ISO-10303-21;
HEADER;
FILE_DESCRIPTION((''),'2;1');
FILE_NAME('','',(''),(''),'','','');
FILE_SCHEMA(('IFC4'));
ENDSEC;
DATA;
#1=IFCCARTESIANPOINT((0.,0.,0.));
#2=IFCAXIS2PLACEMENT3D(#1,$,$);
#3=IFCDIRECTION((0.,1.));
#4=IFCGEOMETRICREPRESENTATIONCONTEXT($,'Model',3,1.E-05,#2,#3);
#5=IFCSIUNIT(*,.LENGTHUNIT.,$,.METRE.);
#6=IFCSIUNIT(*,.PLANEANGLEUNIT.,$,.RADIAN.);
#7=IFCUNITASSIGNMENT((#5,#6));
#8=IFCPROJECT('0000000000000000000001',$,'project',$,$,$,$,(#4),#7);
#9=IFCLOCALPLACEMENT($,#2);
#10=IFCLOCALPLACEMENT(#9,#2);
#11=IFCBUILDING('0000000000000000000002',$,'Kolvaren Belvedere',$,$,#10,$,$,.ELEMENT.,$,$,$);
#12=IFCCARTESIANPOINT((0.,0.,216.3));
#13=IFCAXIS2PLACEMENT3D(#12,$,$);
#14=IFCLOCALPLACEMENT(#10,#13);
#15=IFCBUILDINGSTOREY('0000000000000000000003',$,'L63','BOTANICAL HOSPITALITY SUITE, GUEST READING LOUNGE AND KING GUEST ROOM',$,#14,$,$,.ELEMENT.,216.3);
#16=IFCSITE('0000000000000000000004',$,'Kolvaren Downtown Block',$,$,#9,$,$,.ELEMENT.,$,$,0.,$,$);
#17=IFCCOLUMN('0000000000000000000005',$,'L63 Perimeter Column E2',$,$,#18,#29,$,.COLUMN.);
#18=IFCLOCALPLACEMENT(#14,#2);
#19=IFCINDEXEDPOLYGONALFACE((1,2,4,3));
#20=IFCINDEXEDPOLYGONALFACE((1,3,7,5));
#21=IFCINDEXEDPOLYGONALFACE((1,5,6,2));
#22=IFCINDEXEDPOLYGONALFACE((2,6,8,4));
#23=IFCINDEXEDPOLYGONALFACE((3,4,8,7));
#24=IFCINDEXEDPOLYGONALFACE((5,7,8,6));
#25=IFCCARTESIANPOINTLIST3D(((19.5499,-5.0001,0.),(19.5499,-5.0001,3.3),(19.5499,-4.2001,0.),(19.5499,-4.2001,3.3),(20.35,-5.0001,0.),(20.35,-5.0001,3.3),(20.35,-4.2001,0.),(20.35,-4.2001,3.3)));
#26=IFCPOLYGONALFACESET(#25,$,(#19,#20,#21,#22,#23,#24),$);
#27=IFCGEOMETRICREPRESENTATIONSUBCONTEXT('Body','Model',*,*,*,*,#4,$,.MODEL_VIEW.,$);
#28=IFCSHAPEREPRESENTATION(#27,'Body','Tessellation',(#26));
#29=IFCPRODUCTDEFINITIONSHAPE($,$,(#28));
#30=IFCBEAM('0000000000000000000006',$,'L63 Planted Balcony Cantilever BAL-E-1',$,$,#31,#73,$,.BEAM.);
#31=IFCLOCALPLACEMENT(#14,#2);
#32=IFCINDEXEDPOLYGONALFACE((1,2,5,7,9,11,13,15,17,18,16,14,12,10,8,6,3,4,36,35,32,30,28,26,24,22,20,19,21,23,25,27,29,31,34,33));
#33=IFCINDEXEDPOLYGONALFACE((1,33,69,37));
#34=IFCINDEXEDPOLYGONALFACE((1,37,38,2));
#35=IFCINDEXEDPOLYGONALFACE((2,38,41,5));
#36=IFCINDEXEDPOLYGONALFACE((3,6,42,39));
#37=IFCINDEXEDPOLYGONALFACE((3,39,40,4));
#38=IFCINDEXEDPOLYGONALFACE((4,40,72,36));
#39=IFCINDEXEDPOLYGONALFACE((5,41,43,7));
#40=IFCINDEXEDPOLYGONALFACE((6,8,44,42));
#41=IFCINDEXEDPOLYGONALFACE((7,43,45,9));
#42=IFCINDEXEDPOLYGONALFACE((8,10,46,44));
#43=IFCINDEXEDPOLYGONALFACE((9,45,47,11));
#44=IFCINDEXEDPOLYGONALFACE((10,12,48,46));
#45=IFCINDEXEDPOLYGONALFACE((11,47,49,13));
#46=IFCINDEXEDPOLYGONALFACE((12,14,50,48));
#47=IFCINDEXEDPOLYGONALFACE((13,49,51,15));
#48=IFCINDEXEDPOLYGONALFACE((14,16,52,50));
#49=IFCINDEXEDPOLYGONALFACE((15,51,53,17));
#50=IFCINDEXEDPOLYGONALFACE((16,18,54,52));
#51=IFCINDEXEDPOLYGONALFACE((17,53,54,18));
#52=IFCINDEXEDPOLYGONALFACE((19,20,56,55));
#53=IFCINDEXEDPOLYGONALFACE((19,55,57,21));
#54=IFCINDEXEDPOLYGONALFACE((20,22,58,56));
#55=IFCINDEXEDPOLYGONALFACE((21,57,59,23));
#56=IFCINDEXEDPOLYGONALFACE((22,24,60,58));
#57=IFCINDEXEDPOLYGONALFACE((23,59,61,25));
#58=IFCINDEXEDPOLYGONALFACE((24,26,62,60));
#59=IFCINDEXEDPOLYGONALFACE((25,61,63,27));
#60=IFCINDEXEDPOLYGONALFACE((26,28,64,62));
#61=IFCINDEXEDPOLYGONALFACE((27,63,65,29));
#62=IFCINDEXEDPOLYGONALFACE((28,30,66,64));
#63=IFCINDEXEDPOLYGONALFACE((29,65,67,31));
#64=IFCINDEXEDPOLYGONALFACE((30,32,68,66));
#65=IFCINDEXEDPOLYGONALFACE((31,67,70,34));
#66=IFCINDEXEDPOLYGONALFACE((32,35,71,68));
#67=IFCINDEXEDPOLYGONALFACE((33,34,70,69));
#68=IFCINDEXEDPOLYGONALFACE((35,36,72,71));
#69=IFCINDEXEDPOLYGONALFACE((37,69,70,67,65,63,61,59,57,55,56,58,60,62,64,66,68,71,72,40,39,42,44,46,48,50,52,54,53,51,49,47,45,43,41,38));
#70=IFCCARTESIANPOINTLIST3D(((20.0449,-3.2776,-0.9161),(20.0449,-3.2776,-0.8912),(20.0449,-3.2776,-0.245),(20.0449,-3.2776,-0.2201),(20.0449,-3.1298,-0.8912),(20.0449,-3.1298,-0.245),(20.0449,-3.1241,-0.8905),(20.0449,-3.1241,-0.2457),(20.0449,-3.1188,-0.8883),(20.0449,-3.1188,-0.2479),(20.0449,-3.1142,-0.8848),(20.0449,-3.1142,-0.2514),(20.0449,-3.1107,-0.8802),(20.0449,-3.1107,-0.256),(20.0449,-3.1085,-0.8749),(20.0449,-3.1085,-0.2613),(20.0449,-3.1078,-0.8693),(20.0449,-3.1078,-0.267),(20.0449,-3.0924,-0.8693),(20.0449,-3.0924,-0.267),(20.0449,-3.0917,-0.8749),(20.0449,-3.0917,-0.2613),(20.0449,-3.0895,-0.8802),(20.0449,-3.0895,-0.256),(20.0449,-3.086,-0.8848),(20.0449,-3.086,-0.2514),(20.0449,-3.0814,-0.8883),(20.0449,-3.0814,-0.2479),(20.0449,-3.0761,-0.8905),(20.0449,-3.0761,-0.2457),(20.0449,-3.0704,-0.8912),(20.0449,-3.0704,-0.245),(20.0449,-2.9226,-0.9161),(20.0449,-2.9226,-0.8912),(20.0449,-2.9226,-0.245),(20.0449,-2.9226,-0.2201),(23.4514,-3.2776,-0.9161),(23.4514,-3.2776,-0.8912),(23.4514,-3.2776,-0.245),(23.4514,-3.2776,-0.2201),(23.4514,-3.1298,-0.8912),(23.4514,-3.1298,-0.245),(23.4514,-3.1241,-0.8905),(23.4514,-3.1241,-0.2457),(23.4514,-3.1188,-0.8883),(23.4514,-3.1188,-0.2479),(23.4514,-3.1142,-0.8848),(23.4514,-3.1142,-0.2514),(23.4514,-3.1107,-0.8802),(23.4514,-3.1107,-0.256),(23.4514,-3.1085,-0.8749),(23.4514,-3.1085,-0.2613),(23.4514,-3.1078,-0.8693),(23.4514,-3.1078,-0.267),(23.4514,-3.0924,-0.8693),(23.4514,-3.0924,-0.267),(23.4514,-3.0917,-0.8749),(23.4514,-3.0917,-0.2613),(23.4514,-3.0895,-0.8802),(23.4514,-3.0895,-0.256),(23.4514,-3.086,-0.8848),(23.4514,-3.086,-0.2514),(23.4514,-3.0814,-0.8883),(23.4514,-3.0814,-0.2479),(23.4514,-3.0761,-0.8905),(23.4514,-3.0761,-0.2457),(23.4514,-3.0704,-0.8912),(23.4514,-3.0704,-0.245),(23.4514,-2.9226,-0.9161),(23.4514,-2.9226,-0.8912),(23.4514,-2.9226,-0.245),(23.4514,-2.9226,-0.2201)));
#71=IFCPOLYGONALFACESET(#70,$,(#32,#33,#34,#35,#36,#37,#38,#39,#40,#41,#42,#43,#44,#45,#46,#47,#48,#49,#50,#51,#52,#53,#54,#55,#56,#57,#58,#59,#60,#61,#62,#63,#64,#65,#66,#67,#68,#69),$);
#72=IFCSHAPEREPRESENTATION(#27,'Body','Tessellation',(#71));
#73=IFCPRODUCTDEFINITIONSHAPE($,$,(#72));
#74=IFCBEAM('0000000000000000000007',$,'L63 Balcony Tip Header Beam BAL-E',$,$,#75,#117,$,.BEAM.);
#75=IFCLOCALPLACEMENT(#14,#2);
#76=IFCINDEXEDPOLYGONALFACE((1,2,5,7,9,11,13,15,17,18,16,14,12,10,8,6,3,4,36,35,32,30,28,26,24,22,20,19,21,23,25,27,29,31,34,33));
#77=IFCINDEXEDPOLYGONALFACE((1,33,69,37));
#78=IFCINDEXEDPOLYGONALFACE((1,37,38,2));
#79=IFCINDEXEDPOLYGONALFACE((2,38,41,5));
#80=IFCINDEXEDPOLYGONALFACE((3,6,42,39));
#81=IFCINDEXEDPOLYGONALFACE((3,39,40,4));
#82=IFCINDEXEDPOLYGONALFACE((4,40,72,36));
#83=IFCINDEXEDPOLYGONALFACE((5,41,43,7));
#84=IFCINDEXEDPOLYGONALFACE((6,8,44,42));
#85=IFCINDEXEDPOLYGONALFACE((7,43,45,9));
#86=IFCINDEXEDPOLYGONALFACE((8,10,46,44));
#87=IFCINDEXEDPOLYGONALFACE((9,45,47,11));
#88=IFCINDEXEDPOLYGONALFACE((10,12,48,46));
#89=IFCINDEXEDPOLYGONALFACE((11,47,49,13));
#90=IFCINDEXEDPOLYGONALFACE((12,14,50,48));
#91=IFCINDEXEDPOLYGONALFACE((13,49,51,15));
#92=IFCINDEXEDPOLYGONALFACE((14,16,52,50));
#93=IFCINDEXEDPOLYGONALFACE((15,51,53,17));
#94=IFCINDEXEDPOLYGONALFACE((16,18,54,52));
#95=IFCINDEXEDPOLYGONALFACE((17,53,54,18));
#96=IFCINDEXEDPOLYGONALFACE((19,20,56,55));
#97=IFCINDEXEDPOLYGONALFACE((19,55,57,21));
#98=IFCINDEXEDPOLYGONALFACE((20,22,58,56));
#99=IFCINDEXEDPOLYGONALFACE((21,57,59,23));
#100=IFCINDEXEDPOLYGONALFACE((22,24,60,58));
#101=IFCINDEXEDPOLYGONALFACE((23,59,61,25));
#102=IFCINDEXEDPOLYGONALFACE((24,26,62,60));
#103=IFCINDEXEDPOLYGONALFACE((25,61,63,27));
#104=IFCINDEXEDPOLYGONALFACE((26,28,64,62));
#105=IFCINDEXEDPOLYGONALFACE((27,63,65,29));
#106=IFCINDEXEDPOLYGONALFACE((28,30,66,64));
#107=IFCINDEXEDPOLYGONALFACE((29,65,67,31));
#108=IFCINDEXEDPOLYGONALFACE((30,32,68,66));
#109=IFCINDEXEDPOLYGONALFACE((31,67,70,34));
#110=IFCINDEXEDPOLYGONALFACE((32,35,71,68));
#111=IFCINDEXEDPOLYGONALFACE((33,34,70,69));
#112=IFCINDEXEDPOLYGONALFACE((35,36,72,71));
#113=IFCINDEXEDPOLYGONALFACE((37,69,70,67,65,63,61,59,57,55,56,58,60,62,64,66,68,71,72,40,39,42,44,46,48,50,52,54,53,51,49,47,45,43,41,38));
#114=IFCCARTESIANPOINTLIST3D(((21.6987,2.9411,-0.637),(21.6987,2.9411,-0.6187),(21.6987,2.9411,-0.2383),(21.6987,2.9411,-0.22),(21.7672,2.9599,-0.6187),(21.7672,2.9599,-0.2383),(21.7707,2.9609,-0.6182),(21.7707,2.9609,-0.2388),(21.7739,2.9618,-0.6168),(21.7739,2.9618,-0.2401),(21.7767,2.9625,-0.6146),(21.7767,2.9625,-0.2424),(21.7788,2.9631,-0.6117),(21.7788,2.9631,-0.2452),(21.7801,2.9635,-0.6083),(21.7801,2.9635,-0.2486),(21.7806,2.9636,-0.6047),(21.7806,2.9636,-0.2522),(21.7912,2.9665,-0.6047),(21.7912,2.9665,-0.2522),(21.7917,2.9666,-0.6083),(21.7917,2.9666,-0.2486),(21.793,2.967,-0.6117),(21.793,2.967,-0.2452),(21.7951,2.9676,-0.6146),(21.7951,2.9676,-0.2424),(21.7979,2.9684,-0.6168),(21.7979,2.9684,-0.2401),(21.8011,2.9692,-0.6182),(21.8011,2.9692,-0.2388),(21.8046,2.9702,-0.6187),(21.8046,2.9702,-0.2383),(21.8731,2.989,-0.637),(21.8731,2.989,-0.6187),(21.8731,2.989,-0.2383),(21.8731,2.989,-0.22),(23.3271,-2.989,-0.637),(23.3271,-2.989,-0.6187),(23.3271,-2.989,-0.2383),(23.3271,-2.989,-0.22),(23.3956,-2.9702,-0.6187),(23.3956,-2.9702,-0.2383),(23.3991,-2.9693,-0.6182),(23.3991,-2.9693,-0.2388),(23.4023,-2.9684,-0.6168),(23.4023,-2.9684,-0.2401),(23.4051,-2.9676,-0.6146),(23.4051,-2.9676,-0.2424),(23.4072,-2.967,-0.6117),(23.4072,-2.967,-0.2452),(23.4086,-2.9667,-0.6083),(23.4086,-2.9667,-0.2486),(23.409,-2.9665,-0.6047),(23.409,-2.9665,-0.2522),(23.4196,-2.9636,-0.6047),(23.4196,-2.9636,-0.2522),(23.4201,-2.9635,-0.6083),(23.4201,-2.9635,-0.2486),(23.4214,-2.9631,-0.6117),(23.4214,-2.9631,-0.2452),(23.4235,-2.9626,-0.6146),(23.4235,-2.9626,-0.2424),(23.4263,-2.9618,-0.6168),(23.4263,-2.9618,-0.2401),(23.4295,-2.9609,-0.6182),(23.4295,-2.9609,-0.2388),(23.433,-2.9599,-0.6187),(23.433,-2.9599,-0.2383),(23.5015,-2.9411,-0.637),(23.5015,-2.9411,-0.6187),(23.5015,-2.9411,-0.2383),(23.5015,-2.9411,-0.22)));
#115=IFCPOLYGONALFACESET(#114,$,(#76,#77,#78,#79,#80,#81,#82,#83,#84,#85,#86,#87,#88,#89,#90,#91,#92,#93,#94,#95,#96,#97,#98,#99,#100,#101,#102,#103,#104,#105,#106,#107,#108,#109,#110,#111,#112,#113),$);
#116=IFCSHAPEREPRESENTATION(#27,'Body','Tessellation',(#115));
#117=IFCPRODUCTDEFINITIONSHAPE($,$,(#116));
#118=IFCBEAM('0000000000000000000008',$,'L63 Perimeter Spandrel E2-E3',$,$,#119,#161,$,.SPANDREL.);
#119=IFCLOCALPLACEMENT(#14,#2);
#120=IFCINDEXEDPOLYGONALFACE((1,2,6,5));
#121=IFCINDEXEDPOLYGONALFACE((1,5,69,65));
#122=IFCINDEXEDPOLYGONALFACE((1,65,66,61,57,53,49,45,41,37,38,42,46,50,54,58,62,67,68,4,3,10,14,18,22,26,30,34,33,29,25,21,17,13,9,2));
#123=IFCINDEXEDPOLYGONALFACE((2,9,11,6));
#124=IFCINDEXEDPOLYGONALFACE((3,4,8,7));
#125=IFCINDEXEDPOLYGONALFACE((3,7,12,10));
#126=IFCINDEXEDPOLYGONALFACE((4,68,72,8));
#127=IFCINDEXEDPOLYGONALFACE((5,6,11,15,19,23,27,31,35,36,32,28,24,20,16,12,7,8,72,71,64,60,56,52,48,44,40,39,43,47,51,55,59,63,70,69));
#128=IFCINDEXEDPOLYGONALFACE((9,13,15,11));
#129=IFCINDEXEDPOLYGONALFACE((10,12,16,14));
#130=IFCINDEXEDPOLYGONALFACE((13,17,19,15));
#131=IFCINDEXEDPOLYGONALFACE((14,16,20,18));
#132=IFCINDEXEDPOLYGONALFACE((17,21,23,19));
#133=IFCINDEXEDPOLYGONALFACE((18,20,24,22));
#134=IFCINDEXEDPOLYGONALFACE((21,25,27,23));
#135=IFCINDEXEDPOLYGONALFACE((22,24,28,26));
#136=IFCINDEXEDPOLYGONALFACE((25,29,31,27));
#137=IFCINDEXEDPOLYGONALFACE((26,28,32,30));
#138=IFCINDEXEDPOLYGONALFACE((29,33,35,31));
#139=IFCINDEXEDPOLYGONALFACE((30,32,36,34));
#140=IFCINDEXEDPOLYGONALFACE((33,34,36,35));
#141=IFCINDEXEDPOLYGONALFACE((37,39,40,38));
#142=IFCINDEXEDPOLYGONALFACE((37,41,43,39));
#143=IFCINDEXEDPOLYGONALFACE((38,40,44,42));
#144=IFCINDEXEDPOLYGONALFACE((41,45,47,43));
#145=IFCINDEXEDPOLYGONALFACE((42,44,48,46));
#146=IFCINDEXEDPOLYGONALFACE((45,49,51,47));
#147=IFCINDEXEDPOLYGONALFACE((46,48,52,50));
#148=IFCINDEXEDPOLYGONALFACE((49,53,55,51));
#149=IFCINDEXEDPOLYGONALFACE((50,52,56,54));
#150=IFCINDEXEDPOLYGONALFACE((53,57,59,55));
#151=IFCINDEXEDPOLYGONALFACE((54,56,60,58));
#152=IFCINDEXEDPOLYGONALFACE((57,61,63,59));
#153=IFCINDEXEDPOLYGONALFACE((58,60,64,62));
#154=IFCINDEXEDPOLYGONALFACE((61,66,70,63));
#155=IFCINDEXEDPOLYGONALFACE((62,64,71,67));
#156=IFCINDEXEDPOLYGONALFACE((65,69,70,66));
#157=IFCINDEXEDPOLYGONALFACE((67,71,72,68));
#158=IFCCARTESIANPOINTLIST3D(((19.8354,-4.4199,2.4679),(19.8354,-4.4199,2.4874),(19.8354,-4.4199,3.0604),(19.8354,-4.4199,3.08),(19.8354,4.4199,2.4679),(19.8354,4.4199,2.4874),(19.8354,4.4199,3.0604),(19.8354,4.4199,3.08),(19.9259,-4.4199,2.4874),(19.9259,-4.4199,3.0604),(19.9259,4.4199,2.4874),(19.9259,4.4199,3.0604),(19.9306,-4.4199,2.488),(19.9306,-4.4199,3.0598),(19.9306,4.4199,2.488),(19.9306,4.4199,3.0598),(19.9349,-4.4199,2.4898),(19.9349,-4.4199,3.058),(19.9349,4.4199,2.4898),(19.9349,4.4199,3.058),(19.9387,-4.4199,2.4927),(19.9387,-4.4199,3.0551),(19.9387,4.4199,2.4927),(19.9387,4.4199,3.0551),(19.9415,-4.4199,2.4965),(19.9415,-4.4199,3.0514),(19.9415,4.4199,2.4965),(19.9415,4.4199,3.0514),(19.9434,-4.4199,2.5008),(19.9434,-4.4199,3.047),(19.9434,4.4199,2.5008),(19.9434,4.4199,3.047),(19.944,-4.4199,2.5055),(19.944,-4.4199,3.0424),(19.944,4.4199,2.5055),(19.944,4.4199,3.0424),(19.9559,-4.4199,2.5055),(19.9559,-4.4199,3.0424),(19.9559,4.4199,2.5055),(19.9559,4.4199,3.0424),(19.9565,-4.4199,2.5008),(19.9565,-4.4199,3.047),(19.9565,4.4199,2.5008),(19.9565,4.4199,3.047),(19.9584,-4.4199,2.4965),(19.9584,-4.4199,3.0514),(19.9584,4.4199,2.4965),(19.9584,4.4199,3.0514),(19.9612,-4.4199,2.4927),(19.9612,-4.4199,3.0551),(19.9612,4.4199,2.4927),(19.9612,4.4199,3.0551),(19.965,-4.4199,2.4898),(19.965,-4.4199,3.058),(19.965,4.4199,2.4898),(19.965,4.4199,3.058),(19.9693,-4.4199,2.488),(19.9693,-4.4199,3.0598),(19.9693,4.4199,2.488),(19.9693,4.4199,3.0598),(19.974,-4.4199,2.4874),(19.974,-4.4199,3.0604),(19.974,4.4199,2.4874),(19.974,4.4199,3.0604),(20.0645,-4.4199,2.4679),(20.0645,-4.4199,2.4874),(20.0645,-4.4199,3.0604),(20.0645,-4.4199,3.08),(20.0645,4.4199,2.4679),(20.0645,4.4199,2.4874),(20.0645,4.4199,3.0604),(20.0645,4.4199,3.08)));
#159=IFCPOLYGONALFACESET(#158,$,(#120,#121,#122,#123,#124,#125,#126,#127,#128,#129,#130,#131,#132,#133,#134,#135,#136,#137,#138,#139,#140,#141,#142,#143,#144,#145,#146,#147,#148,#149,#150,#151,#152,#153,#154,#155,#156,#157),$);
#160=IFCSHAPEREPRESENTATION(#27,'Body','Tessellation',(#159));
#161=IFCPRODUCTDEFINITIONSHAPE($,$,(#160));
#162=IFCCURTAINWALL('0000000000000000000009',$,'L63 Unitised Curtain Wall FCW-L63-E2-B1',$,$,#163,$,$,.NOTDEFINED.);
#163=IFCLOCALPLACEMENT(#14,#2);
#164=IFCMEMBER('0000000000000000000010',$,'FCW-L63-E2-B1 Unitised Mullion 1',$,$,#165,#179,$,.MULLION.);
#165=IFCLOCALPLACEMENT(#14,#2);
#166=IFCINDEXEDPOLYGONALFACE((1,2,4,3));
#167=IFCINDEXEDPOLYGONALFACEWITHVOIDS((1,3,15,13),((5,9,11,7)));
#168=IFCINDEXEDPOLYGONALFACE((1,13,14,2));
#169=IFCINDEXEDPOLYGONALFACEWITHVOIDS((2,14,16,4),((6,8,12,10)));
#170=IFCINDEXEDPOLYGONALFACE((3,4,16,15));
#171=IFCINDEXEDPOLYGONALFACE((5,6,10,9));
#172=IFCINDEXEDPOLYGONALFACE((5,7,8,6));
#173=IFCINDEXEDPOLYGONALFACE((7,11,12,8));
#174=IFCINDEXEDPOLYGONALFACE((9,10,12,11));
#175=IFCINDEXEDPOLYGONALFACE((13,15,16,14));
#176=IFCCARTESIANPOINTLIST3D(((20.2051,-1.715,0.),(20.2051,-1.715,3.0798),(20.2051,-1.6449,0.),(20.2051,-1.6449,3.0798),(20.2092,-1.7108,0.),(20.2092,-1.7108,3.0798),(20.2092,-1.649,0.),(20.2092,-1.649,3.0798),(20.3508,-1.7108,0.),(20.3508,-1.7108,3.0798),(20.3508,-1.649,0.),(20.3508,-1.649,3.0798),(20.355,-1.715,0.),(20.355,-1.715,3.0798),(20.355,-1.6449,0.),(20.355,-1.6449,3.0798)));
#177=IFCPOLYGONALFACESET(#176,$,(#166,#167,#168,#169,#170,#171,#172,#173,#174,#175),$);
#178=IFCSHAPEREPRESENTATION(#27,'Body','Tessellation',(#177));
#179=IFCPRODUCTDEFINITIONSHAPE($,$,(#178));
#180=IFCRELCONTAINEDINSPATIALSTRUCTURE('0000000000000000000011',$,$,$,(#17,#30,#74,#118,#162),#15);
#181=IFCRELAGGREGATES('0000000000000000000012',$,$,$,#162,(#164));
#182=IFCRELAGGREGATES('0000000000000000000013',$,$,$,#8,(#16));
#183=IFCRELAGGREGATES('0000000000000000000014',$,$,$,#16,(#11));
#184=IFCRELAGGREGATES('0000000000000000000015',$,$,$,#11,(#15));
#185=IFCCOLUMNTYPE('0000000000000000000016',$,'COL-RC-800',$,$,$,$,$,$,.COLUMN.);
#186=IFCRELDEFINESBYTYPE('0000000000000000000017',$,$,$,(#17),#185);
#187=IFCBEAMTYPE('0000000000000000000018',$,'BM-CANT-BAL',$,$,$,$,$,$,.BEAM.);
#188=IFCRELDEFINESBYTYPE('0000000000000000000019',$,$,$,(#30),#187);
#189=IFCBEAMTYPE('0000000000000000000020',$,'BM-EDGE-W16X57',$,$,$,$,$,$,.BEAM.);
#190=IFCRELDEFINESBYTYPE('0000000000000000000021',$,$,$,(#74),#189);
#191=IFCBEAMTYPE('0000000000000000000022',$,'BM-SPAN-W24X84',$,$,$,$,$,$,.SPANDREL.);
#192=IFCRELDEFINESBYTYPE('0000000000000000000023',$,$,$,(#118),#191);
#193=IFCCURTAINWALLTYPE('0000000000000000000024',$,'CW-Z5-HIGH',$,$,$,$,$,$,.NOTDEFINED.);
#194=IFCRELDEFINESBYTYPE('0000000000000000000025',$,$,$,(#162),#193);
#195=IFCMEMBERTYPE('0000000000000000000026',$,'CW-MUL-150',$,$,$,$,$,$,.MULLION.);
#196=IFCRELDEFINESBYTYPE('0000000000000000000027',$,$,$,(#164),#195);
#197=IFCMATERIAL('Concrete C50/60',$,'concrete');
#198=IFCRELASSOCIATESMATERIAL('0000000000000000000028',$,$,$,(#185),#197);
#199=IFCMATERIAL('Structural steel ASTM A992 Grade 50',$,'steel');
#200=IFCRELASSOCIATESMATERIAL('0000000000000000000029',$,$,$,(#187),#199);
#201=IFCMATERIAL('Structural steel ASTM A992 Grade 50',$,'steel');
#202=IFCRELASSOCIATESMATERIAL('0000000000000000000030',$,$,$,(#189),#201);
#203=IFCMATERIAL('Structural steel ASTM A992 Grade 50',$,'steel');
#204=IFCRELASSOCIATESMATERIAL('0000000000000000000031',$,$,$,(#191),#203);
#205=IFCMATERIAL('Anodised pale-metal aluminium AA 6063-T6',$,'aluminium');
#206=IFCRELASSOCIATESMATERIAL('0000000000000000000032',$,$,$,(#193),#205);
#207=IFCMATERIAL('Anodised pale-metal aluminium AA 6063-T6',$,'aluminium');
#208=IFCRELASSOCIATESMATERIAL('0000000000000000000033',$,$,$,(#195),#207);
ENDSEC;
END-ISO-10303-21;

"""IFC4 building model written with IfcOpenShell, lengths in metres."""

from ifc_helpers import new_model, si_unit, direction, frame, origin, origin_2d, place, context, subcontext, project, spatial, rectangle, hollow_rectangle, i_section, extrude, material, material_profile, profile_set, type_object, element, aggregate, save


model = new_model("IFC4")

# Units and contexts
model_context = context("Model", 3, precision=1e-05, world=origin(), true_north=direction((0.0, 1.0)))
body_context = subcontext(model_context, "Body", "Model", "MODEL_VIEW")
ifc_project = project(units=[si_unit("LENGTHUNIT", "METRE"), si_unit("PLANEANGLEUNIT", "RADIAN")], contexts=[model_context])

# Site, building, storey
site_placement = place(None, origin())
site = spatial("IfcSite", under=ifc_project, at=site_placement, Name="Kolvaren Downtown Block", CompositionType="ELEMENT", RefElevation=0.0)
building_placement = place(site_placement, origin())
building = spatial("IfcBuilding", under=site, at=building_placement, Name="Kolvaren Belvedere", CompositionType="ELEMENT")
storey_placement = place(building_placement, frame((0.0, 0.0, 216.3)))
storey = spatial("IfcBuildingStorey", under=building, at=storey_placement, Name="L63", Description="BOTANICAL HOSPITALITY SUITE, GUEST READING LOUNGE AND KING GUEST ROOM", CompositionType="ELEMENT", Elevation=216.3)

# Column
ifc_material_1 = material(Name="Concrete C50/60", Category="concrete")
ifc_material_profile_1 = material_profile(ifc_material_1, rectangle(XDim=0.8, YDim=0.8, at=origin_2d()), Name="RC 800X800")
ifc_profile_set_1 = profile_set([ifc_material_profile_1], Name="Concrete C50/60")
column_type = type_object("IfcColumnType", Name="COL-RC-800", PredefinedType="COLUMN", material=ifc_profile_set_1)
column_placement = place(storey_placement, frame((19.95, -4.6001, 0.0), z_axis=(0.0, 0.0, 1.0), x_axis=(1.0, 0.0, 0.0)))
element("IfcColumn", 1, at=column_placement, inside=storey, type_object=column_type, Name="L63 Perimeter Column E2", PredefinedType="COLUMN", context=body_context, shape_type="SweptSolid", body=[
    extrude(rectangle(XDim=0.8, YDim=0.8, at=origin_2d()), origin(), (0.0, 0.0, 1.0), 3.3),
])

# Beams
ifc_material_2 = material(Name="Structural steel ASTM A992 Grade 50", Category="steel")
ifc_material_profile_2 = material_profile(ifc_material_2, i_section(OverallWidth=0.355, OverallDepth=0.696, WebThickness=0.0154, FlangeThickness=0.0249, FilletRadius=0.022, at=origin_2d()), Name="W27X146")
ifc_profile_set_2 = profile_set([ifc_material_profile_2], Name="Structural steel ASTM A992 Grade 50")
beam_type_1 = type_object("IfcBeamType", Name="BM-CANT-BAL", PredefinedType="BEAM", material=ifc_profile_set_2)
beam_1_placement = place(storey_placement, frame((20.0449, -3.1001, -0.5681), z_axis=(1.0, 0.0, 0.0), x_axis=(0.0, 1.0, 0.0)))
element("IfcBeam", 2, at=beam_1_placement, inside=storey, type_object=beam_type_1, Name="L63 Planted Balcony Cantilever BAL-E-1", PredefinedType="BEAM", context=body_context, shape_type="SweptSolid", body=[
    extrude(i_section(OverallWidth=0.355, OverallDepth=0.696, WebThickness=0.0154, FlangeThickness=0.0249, FilletRadius=0.022, at=origin_2d()), origin(), (0.0, 0.0, 1.0), 3.4065),
])
ifc_material_3 = material(Name="Structural steel ASTM A992 Grade 50", Category="steel")
ifc_material_profile_3 = material_profile(ifc_material_3, i_section(OverallWidth=0.1809, OverallDepth=0.417, WebThickness=0.011, FlangeThickness=0.0183, FilletRadius=0.0139, at=origin_2d()), Name="W16X57")
ifc_profile_set_3 = profile_set([ifc_material_profile_3], Name="Structural steel ASTM A992 Grade 50")
beam_type_2 = type_object("IfcBeamType", Name="BM-EDGE-W16X57", PredefinedType="BEAM", material=ifc_profile_set_3)
beam_2_placement = place(storey_placement, frame((23.4143, -2.9651, -0.4285), z_axis=(-0.264797, 0.964304, 0.0), x_axis=(-0.964304, -0.264797, 0.0)))
element("IfcBeam", 3, at=beam_2_placement, inside=storey, type_object=beam_type_2, Name="L63 Balcony Tip Header Beam BAL-E", PredefinedType="BEAM", context=body_context, shape_type="SweptSolid", body=[
    extrude(i_section(OverallWidth=0.1809, OverallDepth=0.417, WebThickness=0.011, FlangeThickness=0.0183, FilletRadius=0.0139, at=origin_2d()), origin(), (0.0, 0.0, 1.0), 6.1497),
])
ifc_material_4 = material(Name="Structural steel ASTM A992 Grade 50", Category="steel")
ifc_material_profile_4 = material_profile(ifc_material_4, i_section(OverallWidth=0.229, OverallDepth=0.6121, WebThickness=0.012, FlangeThickness=0.0195, FilletRadius=0.0181, at=origin_2d()), Name="W24X84")
ifc_profile_set_4 = profile_set([ifc_material_profile_4], Name="Structural steel ASTM A992 Grade 50")
beam_type_3 = type_object("IfcBeamType", Name="BM-SPAN-W24X84", PredefinedType="SPANDREL", material=ifc_profile_set_4)
beam_3_placement = place(storey_placement, frame((19.95, -4.4199, 2.7739), z_axis=(0.0, 1.0, 0.0), x_axis=(-1.0, 0.0, 0.0)))
element("IfcBeam", 4, at=beam_3_placement, inside=storey, type_object=beam_type_3, Name="L63 Perimeter Spandrel E2-E3", PredefinedType="SPANDREL", context=body_context, shape_type="SweptSolid", body=[
    extrude(i_section(OverallWidth=0.229, OverallDepth=0.6121, WebThickness=0.012, FlangeThickness=0.0195, FilletRadius=0.0181, at=origin_2d()), origin(), (0.0, 0.0, 1.0), 8.8398),
])

# Curtain wall, member
ifc_material_5 = material(Name="Anodised pale-metal aluminium AA 6063-T6", Category="aluminium")
curtain_wall_type = type_object("IfcCurtainWallType", Name="CW-Z5-HIGH", PredefinedType="NOTDEFINED", material=ifc_material_5)
curtain_wall_1_placement = place(storey_placement, origin())
curtain_wall_1 = element("IfcCurtainWall", 5, at=curtain_wall_1_placement, inside=storey, type_object=curtain_wall_type, Name="L63 Unitised Curtain Wall FCW-L63-E2-B1", PredefinedType="NOTDEFINED")
ifc_material_6 = material(Name="Anodised pale-metal aluminium AA 6063-T6", Category="aluminium")
ifc_material_profile_5 = material_profile(ifc_material_6, hollow_rectangle(XDim=0.0701, YDim=0.1499, WallThickness=0.0042, at=origin_2d()), Name="ALU-MUL-150X70")
ifc_profile_set_5 = profile_set([ifc_material_profile_5], Name="Anodised pale-metal aluminium AA 6063-T6")
member_type_1 = type_object("IfcMemberType", Name="CW-MUL-150", PredefinedType="MULLION", material=ifc_profile_set_5)
member_1_placement = place(storey_placement, frame((20.28, -1.6799, 0.0), z_axis=(0.0, 0.0, 1.0), x_axis=(0.0, 1.0, 0.0)))
member_1 = element("IfcMember", 6, at=member_1_placement, type_object=member_type_1, Name="FCW-L63-E2-B1 Unitised Mullion 1", PredefinedType="MULLION", context=body_context, shape_type="SweptSolid", body=[
    extrude(hollow_rectangle(XDim=0.0701, YDim=0.1499, WallThickness=0.0042, at=origin_2d()), origin(), (0.0, 0.0, 1.0), 3.0798),
])

aggregate(curtain_wall_1, [member_1])

save(model, "model.ifc")
